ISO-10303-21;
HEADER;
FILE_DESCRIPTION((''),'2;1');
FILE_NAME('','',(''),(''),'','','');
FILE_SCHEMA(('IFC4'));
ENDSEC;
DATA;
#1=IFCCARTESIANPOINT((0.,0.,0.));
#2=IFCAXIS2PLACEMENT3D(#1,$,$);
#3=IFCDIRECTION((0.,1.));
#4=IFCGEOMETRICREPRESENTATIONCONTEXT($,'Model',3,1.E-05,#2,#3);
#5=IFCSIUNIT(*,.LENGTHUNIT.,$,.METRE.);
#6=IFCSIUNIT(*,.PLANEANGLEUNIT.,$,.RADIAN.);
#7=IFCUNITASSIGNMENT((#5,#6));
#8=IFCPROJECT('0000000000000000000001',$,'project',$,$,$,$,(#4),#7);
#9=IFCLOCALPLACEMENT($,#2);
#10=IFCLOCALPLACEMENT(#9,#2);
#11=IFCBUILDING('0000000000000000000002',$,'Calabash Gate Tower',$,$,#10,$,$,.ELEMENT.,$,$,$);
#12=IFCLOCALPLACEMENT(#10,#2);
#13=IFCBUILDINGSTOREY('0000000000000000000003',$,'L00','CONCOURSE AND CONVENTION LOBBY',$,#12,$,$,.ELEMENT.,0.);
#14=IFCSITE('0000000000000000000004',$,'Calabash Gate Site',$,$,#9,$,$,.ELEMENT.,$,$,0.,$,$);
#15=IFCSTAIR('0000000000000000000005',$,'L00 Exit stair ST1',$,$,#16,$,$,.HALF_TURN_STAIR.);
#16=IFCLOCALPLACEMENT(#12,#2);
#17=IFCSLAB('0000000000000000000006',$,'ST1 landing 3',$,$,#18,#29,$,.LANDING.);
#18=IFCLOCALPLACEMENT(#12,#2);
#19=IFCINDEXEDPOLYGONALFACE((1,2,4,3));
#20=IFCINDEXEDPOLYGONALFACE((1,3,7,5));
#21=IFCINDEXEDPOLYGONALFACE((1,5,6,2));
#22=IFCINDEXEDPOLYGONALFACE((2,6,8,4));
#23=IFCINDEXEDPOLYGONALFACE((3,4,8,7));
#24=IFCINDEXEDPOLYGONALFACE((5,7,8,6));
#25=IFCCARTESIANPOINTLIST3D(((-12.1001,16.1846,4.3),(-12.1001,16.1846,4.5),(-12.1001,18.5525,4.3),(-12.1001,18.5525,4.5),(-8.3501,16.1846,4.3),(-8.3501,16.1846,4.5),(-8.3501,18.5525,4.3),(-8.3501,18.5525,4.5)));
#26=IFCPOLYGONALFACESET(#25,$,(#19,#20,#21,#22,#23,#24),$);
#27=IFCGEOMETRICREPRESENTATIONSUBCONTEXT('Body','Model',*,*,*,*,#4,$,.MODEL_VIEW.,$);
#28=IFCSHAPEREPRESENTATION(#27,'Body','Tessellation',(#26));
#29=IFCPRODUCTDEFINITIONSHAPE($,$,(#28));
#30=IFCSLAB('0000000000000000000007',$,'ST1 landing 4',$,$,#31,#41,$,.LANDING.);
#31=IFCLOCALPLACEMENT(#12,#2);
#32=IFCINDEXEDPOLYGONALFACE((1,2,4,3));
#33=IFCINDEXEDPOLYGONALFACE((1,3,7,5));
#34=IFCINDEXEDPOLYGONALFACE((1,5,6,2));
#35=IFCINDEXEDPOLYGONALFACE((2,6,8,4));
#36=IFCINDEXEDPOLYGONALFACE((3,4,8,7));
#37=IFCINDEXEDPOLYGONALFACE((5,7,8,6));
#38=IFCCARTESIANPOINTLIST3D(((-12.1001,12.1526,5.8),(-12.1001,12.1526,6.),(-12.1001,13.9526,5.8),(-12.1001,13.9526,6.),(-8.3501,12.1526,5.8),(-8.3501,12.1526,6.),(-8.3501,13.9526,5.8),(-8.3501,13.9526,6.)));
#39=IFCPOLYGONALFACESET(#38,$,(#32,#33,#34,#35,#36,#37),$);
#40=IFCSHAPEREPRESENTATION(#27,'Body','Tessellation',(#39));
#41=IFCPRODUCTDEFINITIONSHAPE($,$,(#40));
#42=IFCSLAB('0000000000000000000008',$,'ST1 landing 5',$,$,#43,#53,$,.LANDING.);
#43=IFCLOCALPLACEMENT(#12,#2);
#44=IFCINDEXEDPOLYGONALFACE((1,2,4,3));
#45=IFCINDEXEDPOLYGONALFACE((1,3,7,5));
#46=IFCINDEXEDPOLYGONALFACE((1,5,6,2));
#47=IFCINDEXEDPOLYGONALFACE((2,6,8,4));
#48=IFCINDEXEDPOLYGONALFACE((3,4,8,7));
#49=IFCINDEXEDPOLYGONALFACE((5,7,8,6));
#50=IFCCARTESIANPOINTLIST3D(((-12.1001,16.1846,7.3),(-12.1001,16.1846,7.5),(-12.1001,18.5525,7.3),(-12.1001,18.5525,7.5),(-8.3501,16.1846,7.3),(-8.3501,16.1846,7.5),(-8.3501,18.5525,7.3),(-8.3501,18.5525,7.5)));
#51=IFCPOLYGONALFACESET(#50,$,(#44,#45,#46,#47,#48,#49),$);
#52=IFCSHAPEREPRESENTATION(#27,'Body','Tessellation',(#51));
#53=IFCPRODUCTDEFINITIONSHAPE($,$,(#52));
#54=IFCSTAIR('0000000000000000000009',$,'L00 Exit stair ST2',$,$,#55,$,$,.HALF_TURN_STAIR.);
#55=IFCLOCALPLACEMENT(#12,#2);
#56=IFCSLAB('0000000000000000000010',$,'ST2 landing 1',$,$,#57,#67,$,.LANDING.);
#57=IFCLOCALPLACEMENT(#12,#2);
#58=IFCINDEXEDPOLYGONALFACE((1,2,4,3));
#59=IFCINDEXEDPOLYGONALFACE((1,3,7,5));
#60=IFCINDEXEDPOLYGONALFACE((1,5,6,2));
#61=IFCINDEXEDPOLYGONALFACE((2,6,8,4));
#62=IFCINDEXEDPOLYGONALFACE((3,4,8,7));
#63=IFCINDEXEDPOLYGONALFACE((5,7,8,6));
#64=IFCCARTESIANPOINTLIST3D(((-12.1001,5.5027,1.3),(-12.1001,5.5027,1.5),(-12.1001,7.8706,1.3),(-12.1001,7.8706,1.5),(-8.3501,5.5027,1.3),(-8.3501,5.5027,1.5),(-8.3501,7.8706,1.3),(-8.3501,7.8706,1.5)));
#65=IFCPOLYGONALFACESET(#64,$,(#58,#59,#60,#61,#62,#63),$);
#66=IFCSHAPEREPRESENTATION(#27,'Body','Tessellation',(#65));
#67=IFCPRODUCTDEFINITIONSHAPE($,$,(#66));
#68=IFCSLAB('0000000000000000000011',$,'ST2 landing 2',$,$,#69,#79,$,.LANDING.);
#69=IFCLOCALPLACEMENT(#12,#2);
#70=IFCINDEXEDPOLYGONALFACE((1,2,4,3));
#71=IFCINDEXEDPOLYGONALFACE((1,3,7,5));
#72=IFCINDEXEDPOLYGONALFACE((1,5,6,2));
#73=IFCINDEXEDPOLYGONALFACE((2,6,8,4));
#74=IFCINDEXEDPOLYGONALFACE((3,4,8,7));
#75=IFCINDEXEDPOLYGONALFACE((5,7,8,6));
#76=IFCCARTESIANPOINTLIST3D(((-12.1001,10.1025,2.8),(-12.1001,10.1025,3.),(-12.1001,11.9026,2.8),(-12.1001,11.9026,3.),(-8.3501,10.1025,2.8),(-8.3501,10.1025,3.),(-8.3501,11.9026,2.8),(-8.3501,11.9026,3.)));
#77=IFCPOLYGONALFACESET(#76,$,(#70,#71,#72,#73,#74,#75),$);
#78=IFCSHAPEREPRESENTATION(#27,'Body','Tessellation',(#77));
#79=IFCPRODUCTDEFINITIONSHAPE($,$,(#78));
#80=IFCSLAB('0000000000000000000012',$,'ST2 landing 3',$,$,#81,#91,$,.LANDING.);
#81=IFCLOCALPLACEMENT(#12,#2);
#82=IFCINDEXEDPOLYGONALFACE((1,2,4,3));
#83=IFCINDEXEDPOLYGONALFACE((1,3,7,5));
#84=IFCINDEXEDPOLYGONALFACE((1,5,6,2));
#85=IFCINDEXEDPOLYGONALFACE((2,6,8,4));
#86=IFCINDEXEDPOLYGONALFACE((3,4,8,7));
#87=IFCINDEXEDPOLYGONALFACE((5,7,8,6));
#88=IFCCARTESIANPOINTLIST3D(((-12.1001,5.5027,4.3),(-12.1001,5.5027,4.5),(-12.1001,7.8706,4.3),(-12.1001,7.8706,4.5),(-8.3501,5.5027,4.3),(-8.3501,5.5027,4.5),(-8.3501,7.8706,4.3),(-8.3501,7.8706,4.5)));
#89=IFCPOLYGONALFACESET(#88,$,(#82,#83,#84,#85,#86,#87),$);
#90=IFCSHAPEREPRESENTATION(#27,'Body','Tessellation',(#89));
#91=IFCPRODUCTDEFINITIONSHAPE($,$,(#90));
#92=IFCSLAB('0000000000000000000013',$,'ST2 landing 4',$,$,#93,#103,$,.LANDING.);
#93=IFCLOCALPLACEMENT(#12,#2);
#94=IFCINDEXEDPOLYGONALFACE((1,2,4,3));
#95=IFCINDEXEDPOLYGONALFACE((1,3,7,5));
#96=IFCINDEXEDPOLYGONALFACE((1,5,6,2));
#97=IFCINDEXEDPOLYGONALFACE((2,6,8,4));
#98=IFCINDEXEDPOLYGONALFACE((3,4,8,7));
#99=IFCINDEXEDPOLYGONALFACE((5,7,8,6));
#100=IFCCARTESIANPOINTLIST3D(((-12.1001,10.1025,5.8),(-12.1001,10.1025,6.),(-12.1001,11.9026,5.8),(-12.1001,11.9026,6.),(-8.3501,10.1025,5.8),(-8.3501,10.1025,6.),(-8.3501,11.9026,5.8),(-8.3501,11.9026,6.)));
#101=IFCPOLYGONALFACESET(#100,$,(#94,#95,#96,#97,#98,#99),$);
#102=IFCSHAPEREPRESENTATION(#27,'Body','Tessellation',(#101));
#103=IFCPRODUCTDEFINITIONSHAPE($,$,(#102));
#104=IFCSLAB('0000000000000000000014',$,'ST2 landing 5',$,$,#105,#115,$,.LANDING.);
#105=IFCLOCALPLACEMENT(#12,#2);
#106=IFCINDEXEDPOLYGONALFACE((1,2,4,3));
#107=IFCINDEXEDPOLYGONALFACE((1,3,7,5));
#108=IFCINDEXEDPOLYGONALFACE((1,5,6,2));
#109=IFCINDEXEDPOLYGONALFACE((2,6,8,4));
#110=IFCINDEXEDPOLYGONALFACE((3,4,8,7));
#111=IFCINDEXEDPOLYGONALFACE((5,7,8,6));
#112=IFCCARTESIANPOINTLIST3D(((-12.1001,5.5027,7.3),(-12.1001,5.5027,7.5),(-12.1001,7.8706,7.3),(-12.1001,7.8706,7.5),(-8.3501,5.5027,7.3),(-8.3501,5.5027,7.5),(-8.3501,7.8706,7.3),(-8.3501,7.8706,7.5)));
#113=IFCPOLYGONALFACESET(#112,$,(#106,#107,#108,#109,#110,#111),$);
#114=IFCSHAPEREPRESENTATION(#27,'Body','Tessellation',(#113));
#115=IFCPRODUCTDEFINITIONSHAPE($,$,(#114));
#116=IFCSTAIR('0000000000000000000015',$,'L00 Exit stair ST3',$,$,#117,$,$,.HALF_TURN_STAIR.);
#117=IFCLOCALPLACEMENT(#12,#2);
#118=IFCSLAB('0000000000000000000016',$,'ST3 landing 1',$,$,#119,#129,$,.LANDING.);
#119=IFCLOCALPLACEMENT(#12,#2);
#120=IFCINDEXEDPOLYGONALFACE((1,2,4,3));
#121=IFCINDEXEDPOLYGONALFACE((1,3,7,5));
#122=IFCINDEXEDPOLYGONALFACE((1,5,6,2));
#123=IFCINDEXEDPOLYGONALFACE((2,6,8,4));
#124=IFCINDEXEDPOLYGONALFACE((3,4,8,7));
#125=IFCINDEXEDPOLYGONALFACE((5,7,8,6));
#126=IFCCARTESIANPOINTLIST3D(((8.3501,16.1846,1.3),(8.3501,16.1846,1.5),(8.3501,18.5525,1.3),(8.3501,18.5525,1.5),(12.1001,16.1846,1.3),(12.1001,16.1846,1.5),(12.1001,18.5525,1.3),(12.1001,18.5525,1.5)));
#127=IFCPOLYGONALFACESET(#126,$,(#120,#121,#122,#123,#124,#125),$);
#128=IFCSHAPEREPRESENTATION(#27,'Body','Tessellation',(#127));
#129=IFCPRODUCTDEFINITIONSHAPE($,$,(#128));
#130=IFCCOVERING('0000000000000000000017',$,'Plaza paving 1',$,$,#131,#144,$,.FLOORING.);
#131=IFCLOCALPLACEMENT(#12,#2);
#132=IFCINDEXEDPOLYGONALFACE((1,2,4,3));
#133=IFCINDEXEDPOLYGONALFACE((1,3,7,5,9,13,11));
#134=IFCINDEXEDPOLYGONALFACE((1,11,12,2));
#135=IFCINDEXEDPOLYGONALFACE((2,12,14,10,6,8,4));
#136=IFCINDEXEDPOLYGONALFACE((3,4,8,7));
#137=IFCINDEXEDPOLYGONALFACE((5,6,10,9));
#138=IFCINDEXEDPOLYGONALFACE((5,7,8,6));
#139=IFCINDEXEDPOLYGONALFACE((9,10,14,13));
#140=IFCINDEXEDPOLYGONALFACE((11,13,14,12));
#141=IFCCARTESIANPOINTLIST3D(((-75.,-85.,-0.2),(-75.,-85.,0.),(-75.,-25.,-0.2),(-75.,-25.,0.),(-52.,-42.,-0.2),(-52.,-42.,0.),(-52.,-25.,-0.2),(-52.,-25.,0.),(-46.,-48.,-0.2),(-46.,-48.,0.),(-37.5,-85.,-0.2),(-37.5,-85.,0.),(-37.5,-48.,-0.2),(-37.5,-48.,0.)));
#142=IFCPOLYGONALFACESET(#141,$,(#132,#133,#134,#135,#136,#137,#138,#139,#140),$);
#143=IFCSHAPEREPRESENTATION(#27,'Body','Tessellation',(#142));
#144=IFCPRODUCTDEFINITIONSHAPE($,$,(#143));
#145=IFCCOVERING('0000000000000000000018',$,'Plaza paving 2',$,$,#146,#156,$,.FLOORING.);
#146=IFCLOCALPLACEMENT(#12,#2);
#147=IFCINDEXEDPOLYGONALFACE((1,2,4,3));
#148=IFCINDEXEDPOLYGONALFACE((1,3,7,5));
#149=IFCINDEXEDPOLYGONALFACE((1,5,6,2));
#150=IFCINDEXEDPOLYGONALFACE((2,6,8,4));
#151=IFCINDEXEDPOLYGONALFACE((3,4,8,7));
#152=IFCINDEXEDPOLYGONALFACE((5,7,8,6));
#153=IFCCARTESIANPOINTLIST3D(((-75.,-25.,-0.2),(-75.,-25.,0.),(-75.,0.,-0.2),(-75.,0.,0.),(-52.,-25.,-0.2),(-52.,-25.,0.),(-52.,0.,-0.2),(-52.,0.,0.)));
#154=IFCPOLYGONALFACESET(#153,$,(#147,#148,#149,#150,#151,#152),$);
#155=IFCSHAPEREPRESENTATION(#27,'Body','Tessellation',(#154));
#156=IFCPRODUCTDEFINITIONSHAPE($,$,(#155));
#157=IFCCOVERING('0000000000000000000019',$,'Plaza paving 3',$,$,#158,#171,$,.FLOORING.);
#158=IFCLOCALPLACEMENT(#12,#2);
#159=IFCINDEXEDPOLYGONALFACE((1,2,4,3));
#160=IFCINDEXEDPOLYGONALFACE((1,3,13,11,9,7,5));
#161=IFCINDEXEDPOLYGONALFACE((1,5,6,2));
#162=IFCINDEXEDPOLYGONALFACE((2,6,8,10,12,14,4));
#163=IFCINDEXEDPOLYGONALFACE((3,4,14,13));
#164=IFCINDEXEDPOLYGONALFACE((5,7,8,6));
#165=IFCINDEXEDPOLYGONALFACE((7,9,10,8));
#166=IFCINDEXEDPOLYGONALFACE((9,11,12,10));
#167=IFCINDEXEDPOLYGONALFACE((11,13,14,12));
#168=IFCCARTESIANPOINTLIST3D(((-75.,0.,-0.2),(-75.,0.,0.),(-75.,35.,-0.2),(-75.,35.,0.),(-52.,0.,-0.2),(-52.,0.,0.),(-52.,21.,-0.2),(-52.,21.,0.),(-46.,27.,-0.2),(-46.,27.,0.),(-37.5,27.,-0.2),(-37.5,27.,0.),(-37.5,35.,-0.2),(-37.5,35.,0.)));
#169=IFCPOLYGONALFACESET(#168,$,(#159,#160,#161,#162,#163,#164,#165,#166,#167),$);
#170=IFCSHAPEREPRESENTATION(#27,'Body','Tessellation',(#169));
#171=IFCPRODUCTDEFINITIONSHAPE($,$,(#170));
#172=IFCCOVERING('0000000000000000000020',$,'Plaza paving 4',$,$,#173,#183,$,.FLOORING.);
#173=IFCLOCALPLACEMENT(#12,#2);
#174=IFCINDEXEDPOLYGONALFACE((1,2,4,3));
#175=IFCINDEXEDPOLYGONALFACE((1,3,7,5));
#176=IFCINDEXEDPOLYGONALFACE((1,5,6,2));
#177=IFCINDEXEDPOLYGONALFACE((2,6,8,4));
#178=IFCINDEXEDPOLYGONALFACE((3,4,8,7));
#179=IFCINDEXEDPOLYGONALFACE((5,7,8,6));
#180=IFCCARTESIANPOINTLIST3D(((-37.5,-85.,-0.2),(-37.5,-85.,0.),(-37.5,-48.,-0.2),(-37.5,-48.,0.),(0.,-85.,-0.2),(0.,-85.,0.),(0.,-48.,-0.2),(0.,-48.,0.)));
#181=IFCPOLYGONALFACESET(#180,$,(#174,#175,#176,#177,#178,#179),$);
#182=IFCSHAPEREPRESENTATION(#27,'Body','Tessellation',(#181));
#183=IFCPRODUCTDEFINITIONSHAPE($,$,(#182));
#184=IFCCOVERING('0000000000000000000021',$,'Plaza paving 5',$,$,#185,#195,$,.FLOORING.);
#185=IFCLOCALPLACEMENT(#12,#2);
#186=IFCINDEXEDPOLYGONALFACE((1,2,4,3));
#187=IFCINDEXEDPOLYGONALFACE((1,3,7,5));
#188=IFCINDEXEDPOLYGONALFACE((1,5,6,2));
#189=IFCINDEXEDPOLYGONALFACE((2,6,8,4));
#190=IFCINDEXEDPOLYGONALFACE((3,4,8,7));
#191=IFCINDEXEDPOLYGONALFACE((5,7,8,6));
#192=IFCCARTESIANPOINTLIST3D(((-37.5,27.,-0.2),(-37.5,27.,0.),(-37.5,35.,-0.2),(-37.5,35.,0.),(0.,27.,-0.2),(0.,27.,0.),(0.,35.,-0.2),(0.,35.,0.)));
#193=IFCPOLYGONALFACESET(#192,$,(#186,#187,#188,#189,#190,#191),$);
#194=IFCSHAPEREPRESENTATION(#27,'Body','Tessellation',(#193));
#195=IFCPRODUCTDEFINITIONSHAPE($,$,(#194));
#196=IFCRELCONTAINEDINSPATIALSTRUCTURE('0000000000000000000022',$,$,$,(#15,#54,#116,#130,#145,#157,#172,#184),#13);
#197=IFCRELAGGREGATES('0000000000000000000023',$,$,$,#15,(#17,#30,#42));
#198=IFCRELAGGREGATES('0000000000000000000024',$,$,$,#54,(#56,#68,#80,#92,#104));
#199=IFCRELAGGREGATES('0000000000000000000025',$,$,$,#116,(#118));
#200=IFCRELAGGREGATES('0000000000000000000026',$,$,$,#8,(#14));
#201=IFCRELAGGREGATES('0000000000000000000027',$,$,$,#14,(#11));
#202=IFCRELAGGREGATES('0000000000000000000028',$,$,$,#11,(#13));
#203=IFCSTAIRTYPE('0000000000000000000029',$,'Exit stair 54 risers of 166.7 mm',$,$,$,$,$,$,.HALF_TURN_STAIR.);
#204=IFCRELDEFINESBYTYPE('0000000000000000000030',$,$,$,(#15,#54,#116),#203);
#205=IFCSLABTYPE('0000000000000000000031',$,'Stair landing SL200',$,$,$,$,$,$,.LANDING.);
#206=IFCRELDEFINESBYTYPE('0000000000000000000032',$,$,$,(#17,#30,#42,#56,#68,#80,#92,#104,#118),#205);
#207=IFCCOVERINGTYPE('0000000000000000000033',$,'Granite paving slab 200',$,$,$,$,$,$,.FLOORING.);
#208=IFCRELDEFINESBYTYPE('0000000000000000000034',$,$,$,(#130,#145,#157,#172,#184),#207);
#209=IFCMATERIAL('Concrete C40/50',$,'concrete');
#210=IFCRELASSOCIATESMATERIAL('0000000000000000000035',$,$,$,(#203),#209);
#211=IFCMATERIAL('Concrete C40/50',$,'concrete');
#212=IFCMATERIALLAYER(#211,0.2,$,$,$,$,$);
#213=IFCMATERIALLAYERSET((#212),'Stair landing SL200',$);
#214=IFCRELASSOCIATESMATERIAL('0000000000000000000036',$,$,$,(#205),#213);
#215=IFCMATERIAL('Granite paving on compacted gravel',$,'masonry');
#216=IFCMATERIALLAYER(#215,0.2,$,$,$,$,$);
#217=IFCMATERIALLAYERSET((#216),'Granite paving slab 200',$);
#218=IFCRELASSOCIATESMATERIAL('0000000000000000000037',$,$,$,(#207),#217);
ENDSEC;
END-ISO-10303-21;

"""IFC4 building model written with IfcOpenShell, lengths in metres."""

from ifc_helpers import new_model, si_unit, direction, frame, origin, place, context, subcontext, project, spatial, polyline, outline, extrude, material, layer, layer_set, type_object, element, aggregate, save


model = new_model("IFC4")

# Units and contexts
model_context = context("Model", 3, precision=1e-05, world=origin(), true_north=direction((0.0, 1.0)))
body_context = subcontext(model_context, "Body", "Model", "MODEL_VIEW")
ifc_project = project(units=[si_unit("LENGTHUNIT", "METRE"), si_unit("PLANEANGLEUNIT", "RADIAN")], contexts=[model_context])

# Site, building, storey
site_placement = place(None, origin())
site = spatial("IfcSite", under=ifc_project, at=site_placement, Name="Calabash Gate Site", CompositionType="ELEMENT", RefElevation=0.0)
building_placement = place(site_placement, origin())
building = spatial("IfcBuilding", under=site, at=building_placement, Name="Calabash Gate Tower", CompositionType="ELEMENT")
storey_placement = place(building_placement, origin())
storey = spatial("IfcBuildingStorey", under=building, at=storey_placement, Name="L00", Description="CONCOURSE AND CONVENTION LOBBY", CompositionType="ELEMENT", Elevation=0.0)

# Stairs, slabs
ifc_material_1 = material(Name="Concrete C40/50", Category="concrete")
stair_type = type_object("IfcStairType", Name="Exit stair 54 risers of 166.7 mm", PredefinedType="HALF_TURN_STAIR", material=ifc_material_1)
stair_1_placement = place(storey_placement, origin())
stair_1 = element("IfcStair", 1, at=stair_1_placement, inside=storey, type_object=stair_type, Name="L00 Exit stair ST1", PredefinedType="HALF_TURN_STAIR")
ifc_material_2 = material(Name="Concrete C40/50", Category="concrete")
ifc_layer_1 = layer(ifc_material_2, 0.2)
ifc_layer_set_1 = layer_set([ifc_layer_1], Name="Stair landing SL200")
slab_type_1 = type_object("IfcSlabType", Name="Stair landing SL200", PredefinedType="LANDING", material=ifc_layer_set_1)
slab_1_placement = place(storey_placement, frame((0.0, 0.0, 4.3)))
slab_1 = element("IfcSlab", 2, at=slab_1_placement, type_object=slab_type_1, Name="ST1 landing 3", PredefinedType="LANDING", context=body_context, shape_type="SweptSolid", body=[
    extrude(outline(polyline([(-8.3501, 16.1846), (-8.3501, 18.5525), (-12.1001, 18.5525), (-12.1001, 16.1846), (-8.3501, 16.1846)])), origin(), (0.0, 0.0, 1.0), 0.2),
])
slab_2_placement = place(storey_placement, frame((0.0, 0.0, 5.8)))
slab_2 = element("IfcSlab", 3, at=slab_2_placement, type_object=slab_type_1, Name="ST1 landing 4", PredefinedType="LANDING", context=body_context, shape_type="SweptSolid", body=[
    extrude(outline(polyline([(-8.3501, 12.1526), (-8.3501, 13.9526), (-12.1001, 13.9526), (-12.1001, 12.1526), (-8.3501, 12.1526)])), origin(), (0.0, 0.0, 1.0), 0.2),
])
slab_3_placement = place(storey_placement, frame((0.0, 0.0, 7.3)))
slab_3 = element("IfcSlab", 4, at=slab_3_placement, type_object=slab_type_1, Name="ST1 landing 5", PredefinedType="LANDING", context=body_context, shape_type="SweptSolid", body=[
    extrude(outline(polyline([(-8.3501, 16.1846), (-8.3501, 18.5525), (-12.1001, 18.5525), (-12.1001, 16.1846), (-8.3501, 16.1846)])), origin(), (0.0, 0.0, 1.0), 0.2),
])
aggregate(stair_1, [slab_1, slab_2, slab_3])
stair_2_placement = place(storey_placement, origin())
stair_2 = element("IfcStair", 5, at=stair_2_placement, inside=storey, type_object=stair_type, Name="L00 Exit stair ST2", PredefinedType="HALF_TURN_STAIR")
slab_4_placement = place(storey_placement, frame((0.0, 0.0, 1.3)))
slab_4 = element("IfcSlab", 6, at=slab_4_placement, type_object=slab_type_1, Name="ST2 landing 1", PredefinedType="LANDING", context=body_context, shape_type="SweptSolid", body=[
    extrude(outline(polyline([(-12.1001, 7.8706), (-12.1001, 5.5027), (-8.3501, 5.5027), (-8.3501, 7.8706), (-12.1001, 7.8706)])), origin(), (0.0, 0.0, 1.0), 0.2),
])
slab_5_placement = place(storey_placement, frame((0.0, 0.0, 2.8)))
slab_5 = element("IfcSlab", 7, at=slab_5_placement, type_object=slab_type_1, Name="ST2 landing 2", PredefinedType="LANDING", context=body_context, shape_type="SweptSolid", body=[
    extrude(outline(polyline([(-12.1001, 11.9026), (-12.1001, 10.1025), (-8.3501, 10.1025), (-8.3501, 11.9026), (-12.1001, 11.9026)])), origin(), (0.0, 0.0, 1.0), 0.2),
])
slab_6_placement = place(storey_placement, frame((0.0, 0.0, 4.3)))
slab_6 = element("IfcSlab", 8, at=slab_6_placement, type_object=slab_type_1, Name="ST2 landing 3", PredefinedType="LANDING", context=body_context, shape_type="SweptSolid", body=[
    extrude(outline(polyline([(-12.1001, 7.8706), (-12.1001, 5.5027), (-8.3501, 5.5027), (-8.3501, 7.8706), (-12.1001, 7.8706)])), origin(), (0.0, 0.0, 1.0), 0.2),
])
slab_7_placement = place(storey_placement, frame((0.0, 0.0, 5.8)))
slab_7 = element("IfcSlab", 9, at=slab_7_placement, type_object=slab_type_1, Name="ST2 landing 4", PredefinedType="LANDING", context=body_context, shape_type="SweptSolid", body=[
    extrude(outline(polyline([(-12.1001, 11.9026), (-12.1001, 10.1025), (-8.3501, 10.1025), (-8.3501, 11.9026), (-12.1001, 11.9026)])), origin(), (0.0, 0.0, 1.0), 0.2),
])
slab_8_placement = place(storey_placement, frame((0.0, 0.0, 7.3)))
slab_8 = element("IfcSlab", 10, at=slab_8_placement, type_object=slab_type_1, Name="ST2 landing 5", PredefinedType="LANDING", context=body_context, shape_type="SweptSolid", body=[
    extrude(outline(polyline([(-12.1001, 7.8706), (-12.1001, 5.5027), (-8.3501, 5.5027), (-8.3501, 7.8706), (-12.1001, 7.8706)])), origin(), (0.0, 0.0, 1.0), 0.2),
])
aggregate(stair_2, [slab_4, slab_5, slab_6, slab_7, slab_8])

# Stair, slab
stair_3_placement = place(storey_placement, origin())
stair_3 = element("IfcStair", 11, at=stair_3_placement, inside=storey, type_object=stair_type, Name="L00 Exit stair ST3", PredefinedType="HALF_TURN_STAIR")
slab_9_placement = place(storey_placement, frame((0.0, 0.0, 1.3)))
slab_9 = element("IfcSlab", 12, at=slab_9_placement, type_object=slab_type_1, Name="ST3 landing 1", PredefinedType="LANDING", context=body_context, shape_type="SweptSolid", body=[
    extrude(outline(polyline([(12.1001, 16.1846), (12.1001, 18.5525), (8.3501, 18.5525), (8.3501, 16.1846), (12.1001, 16.1846)])), origin(), (0.0, 0.0, 1.0), 0.2),
])
aggregate(stair_3, [slab_9])

# Coverings
ifc_material_3 = material(Name="Granite paving on compacted gravel", Category="masonry")
ifc_layer_2 = layer(ifc_material_3, 0.2)
ifc_layer_set_2 = layer_set([ifc_layer_2], Name="Granite paving slab 200")
covering_type = type_object("IfcCoveringType", Name="Granite paving slab 200", PredefinedType="FLOORING", material=ifc_layer_set_2)
covering_1_placement = place(storey_placement, frame((0.0, 0.0, -0.2)))
element("IfcCovering", 13, at=covering_1_placement, inside=storey, type_object=covering_type, Name="Plaza paving 1", PredefinedType="FLOORING", context=body_context, shape_type="SweptSolid", body=[
    extrude(outline(polyline([(-37.5, -85.0), (-37.5, -48.0), (-46.0, -48.0), (-52.0, -42.0), (-52.0, -25.0), (-75.0, -25.0), (-75.0, -85.0), (-37.5, -85.0)])), origin(), (0.0, 0.0, 1.0), 0.2),
])
covering_2_placement = place(storey_placement, frame((0.0, 0.0, -0.2)))
element("IfcCovering", 14, at=covering_2_placement, inside=storey, type_object=covering_type, Name="Plaza paving 2", PredefinedType="FLOORING", context=body_context, shape_type="SweptSolid", body=[
    extrude(outline(polyline([(-75.0, -25.0), (-52.0, -25.0), (-52.0, 0.0), (-75.0, 0.0), (-75.0, -25.0)])), origin(), (0.0, 0.0, 1.0), 0.2),
])
covering_3_placement = place(storey_placement, frame((0.0, 0.0, -0.2)))
element("IfcCovering", 15, at=covering_3_placement, inside=storey, type_object=covering_type, Name="Plaza paving 3", PredefinedType="FLOORING", context=body_context, shape_type="SweptSolid", body=[
    extrude(outline(polyline([(-75.0, 0.0), (-52.0, 0.0), (-52.0, 21.0), (-46.0, 27.0), (-37.5, 27.0), (-37.5, 35.0), (-75.0, 35.0), (-75.0, 0.0)])), origin(), (0.0, 0.0, 1.0), 0.2),
])
covering_4_placement = place(storey_placement, frame((0.0, 0.0, -0.2)))
element("IfcCovering", 16, at=covering_4_placement, inside=storey, type_object=covering_type, Name="Plaza paving 4", PredefinedType="FLOORING", context=body_context, shape_type="SweptSolid", body=[
    extrude(outline(polyline([(0.0, -85.0), (0.0, -48.0), (-37.5, -48.0), (-37.5, -85.0), (0.0, -85.0)])), origin(), (0.0, 0.0, 1.0), 0.2),
])
covering_5_placement = place(storey_placement, frame((0.0, 0.0, -0.2)))
element("IfcCovering", 17, at=covering_5_placement, inside=storey, type_object=covering_type, Name="Plaza paving 5", PredefinedType="FLOORING", context=body_context, shape_type="SweptSolid", body=[
    extrude(outline(polyline([(-37.5, 35.0), (-37.5, 27.0), (0.0, 27.0), (0.0, 35.0), (-37.5, 35.0)])), origin(), (0.0, 0.0, 1.0), 0.2),
])

save(model, "model.ifc")
